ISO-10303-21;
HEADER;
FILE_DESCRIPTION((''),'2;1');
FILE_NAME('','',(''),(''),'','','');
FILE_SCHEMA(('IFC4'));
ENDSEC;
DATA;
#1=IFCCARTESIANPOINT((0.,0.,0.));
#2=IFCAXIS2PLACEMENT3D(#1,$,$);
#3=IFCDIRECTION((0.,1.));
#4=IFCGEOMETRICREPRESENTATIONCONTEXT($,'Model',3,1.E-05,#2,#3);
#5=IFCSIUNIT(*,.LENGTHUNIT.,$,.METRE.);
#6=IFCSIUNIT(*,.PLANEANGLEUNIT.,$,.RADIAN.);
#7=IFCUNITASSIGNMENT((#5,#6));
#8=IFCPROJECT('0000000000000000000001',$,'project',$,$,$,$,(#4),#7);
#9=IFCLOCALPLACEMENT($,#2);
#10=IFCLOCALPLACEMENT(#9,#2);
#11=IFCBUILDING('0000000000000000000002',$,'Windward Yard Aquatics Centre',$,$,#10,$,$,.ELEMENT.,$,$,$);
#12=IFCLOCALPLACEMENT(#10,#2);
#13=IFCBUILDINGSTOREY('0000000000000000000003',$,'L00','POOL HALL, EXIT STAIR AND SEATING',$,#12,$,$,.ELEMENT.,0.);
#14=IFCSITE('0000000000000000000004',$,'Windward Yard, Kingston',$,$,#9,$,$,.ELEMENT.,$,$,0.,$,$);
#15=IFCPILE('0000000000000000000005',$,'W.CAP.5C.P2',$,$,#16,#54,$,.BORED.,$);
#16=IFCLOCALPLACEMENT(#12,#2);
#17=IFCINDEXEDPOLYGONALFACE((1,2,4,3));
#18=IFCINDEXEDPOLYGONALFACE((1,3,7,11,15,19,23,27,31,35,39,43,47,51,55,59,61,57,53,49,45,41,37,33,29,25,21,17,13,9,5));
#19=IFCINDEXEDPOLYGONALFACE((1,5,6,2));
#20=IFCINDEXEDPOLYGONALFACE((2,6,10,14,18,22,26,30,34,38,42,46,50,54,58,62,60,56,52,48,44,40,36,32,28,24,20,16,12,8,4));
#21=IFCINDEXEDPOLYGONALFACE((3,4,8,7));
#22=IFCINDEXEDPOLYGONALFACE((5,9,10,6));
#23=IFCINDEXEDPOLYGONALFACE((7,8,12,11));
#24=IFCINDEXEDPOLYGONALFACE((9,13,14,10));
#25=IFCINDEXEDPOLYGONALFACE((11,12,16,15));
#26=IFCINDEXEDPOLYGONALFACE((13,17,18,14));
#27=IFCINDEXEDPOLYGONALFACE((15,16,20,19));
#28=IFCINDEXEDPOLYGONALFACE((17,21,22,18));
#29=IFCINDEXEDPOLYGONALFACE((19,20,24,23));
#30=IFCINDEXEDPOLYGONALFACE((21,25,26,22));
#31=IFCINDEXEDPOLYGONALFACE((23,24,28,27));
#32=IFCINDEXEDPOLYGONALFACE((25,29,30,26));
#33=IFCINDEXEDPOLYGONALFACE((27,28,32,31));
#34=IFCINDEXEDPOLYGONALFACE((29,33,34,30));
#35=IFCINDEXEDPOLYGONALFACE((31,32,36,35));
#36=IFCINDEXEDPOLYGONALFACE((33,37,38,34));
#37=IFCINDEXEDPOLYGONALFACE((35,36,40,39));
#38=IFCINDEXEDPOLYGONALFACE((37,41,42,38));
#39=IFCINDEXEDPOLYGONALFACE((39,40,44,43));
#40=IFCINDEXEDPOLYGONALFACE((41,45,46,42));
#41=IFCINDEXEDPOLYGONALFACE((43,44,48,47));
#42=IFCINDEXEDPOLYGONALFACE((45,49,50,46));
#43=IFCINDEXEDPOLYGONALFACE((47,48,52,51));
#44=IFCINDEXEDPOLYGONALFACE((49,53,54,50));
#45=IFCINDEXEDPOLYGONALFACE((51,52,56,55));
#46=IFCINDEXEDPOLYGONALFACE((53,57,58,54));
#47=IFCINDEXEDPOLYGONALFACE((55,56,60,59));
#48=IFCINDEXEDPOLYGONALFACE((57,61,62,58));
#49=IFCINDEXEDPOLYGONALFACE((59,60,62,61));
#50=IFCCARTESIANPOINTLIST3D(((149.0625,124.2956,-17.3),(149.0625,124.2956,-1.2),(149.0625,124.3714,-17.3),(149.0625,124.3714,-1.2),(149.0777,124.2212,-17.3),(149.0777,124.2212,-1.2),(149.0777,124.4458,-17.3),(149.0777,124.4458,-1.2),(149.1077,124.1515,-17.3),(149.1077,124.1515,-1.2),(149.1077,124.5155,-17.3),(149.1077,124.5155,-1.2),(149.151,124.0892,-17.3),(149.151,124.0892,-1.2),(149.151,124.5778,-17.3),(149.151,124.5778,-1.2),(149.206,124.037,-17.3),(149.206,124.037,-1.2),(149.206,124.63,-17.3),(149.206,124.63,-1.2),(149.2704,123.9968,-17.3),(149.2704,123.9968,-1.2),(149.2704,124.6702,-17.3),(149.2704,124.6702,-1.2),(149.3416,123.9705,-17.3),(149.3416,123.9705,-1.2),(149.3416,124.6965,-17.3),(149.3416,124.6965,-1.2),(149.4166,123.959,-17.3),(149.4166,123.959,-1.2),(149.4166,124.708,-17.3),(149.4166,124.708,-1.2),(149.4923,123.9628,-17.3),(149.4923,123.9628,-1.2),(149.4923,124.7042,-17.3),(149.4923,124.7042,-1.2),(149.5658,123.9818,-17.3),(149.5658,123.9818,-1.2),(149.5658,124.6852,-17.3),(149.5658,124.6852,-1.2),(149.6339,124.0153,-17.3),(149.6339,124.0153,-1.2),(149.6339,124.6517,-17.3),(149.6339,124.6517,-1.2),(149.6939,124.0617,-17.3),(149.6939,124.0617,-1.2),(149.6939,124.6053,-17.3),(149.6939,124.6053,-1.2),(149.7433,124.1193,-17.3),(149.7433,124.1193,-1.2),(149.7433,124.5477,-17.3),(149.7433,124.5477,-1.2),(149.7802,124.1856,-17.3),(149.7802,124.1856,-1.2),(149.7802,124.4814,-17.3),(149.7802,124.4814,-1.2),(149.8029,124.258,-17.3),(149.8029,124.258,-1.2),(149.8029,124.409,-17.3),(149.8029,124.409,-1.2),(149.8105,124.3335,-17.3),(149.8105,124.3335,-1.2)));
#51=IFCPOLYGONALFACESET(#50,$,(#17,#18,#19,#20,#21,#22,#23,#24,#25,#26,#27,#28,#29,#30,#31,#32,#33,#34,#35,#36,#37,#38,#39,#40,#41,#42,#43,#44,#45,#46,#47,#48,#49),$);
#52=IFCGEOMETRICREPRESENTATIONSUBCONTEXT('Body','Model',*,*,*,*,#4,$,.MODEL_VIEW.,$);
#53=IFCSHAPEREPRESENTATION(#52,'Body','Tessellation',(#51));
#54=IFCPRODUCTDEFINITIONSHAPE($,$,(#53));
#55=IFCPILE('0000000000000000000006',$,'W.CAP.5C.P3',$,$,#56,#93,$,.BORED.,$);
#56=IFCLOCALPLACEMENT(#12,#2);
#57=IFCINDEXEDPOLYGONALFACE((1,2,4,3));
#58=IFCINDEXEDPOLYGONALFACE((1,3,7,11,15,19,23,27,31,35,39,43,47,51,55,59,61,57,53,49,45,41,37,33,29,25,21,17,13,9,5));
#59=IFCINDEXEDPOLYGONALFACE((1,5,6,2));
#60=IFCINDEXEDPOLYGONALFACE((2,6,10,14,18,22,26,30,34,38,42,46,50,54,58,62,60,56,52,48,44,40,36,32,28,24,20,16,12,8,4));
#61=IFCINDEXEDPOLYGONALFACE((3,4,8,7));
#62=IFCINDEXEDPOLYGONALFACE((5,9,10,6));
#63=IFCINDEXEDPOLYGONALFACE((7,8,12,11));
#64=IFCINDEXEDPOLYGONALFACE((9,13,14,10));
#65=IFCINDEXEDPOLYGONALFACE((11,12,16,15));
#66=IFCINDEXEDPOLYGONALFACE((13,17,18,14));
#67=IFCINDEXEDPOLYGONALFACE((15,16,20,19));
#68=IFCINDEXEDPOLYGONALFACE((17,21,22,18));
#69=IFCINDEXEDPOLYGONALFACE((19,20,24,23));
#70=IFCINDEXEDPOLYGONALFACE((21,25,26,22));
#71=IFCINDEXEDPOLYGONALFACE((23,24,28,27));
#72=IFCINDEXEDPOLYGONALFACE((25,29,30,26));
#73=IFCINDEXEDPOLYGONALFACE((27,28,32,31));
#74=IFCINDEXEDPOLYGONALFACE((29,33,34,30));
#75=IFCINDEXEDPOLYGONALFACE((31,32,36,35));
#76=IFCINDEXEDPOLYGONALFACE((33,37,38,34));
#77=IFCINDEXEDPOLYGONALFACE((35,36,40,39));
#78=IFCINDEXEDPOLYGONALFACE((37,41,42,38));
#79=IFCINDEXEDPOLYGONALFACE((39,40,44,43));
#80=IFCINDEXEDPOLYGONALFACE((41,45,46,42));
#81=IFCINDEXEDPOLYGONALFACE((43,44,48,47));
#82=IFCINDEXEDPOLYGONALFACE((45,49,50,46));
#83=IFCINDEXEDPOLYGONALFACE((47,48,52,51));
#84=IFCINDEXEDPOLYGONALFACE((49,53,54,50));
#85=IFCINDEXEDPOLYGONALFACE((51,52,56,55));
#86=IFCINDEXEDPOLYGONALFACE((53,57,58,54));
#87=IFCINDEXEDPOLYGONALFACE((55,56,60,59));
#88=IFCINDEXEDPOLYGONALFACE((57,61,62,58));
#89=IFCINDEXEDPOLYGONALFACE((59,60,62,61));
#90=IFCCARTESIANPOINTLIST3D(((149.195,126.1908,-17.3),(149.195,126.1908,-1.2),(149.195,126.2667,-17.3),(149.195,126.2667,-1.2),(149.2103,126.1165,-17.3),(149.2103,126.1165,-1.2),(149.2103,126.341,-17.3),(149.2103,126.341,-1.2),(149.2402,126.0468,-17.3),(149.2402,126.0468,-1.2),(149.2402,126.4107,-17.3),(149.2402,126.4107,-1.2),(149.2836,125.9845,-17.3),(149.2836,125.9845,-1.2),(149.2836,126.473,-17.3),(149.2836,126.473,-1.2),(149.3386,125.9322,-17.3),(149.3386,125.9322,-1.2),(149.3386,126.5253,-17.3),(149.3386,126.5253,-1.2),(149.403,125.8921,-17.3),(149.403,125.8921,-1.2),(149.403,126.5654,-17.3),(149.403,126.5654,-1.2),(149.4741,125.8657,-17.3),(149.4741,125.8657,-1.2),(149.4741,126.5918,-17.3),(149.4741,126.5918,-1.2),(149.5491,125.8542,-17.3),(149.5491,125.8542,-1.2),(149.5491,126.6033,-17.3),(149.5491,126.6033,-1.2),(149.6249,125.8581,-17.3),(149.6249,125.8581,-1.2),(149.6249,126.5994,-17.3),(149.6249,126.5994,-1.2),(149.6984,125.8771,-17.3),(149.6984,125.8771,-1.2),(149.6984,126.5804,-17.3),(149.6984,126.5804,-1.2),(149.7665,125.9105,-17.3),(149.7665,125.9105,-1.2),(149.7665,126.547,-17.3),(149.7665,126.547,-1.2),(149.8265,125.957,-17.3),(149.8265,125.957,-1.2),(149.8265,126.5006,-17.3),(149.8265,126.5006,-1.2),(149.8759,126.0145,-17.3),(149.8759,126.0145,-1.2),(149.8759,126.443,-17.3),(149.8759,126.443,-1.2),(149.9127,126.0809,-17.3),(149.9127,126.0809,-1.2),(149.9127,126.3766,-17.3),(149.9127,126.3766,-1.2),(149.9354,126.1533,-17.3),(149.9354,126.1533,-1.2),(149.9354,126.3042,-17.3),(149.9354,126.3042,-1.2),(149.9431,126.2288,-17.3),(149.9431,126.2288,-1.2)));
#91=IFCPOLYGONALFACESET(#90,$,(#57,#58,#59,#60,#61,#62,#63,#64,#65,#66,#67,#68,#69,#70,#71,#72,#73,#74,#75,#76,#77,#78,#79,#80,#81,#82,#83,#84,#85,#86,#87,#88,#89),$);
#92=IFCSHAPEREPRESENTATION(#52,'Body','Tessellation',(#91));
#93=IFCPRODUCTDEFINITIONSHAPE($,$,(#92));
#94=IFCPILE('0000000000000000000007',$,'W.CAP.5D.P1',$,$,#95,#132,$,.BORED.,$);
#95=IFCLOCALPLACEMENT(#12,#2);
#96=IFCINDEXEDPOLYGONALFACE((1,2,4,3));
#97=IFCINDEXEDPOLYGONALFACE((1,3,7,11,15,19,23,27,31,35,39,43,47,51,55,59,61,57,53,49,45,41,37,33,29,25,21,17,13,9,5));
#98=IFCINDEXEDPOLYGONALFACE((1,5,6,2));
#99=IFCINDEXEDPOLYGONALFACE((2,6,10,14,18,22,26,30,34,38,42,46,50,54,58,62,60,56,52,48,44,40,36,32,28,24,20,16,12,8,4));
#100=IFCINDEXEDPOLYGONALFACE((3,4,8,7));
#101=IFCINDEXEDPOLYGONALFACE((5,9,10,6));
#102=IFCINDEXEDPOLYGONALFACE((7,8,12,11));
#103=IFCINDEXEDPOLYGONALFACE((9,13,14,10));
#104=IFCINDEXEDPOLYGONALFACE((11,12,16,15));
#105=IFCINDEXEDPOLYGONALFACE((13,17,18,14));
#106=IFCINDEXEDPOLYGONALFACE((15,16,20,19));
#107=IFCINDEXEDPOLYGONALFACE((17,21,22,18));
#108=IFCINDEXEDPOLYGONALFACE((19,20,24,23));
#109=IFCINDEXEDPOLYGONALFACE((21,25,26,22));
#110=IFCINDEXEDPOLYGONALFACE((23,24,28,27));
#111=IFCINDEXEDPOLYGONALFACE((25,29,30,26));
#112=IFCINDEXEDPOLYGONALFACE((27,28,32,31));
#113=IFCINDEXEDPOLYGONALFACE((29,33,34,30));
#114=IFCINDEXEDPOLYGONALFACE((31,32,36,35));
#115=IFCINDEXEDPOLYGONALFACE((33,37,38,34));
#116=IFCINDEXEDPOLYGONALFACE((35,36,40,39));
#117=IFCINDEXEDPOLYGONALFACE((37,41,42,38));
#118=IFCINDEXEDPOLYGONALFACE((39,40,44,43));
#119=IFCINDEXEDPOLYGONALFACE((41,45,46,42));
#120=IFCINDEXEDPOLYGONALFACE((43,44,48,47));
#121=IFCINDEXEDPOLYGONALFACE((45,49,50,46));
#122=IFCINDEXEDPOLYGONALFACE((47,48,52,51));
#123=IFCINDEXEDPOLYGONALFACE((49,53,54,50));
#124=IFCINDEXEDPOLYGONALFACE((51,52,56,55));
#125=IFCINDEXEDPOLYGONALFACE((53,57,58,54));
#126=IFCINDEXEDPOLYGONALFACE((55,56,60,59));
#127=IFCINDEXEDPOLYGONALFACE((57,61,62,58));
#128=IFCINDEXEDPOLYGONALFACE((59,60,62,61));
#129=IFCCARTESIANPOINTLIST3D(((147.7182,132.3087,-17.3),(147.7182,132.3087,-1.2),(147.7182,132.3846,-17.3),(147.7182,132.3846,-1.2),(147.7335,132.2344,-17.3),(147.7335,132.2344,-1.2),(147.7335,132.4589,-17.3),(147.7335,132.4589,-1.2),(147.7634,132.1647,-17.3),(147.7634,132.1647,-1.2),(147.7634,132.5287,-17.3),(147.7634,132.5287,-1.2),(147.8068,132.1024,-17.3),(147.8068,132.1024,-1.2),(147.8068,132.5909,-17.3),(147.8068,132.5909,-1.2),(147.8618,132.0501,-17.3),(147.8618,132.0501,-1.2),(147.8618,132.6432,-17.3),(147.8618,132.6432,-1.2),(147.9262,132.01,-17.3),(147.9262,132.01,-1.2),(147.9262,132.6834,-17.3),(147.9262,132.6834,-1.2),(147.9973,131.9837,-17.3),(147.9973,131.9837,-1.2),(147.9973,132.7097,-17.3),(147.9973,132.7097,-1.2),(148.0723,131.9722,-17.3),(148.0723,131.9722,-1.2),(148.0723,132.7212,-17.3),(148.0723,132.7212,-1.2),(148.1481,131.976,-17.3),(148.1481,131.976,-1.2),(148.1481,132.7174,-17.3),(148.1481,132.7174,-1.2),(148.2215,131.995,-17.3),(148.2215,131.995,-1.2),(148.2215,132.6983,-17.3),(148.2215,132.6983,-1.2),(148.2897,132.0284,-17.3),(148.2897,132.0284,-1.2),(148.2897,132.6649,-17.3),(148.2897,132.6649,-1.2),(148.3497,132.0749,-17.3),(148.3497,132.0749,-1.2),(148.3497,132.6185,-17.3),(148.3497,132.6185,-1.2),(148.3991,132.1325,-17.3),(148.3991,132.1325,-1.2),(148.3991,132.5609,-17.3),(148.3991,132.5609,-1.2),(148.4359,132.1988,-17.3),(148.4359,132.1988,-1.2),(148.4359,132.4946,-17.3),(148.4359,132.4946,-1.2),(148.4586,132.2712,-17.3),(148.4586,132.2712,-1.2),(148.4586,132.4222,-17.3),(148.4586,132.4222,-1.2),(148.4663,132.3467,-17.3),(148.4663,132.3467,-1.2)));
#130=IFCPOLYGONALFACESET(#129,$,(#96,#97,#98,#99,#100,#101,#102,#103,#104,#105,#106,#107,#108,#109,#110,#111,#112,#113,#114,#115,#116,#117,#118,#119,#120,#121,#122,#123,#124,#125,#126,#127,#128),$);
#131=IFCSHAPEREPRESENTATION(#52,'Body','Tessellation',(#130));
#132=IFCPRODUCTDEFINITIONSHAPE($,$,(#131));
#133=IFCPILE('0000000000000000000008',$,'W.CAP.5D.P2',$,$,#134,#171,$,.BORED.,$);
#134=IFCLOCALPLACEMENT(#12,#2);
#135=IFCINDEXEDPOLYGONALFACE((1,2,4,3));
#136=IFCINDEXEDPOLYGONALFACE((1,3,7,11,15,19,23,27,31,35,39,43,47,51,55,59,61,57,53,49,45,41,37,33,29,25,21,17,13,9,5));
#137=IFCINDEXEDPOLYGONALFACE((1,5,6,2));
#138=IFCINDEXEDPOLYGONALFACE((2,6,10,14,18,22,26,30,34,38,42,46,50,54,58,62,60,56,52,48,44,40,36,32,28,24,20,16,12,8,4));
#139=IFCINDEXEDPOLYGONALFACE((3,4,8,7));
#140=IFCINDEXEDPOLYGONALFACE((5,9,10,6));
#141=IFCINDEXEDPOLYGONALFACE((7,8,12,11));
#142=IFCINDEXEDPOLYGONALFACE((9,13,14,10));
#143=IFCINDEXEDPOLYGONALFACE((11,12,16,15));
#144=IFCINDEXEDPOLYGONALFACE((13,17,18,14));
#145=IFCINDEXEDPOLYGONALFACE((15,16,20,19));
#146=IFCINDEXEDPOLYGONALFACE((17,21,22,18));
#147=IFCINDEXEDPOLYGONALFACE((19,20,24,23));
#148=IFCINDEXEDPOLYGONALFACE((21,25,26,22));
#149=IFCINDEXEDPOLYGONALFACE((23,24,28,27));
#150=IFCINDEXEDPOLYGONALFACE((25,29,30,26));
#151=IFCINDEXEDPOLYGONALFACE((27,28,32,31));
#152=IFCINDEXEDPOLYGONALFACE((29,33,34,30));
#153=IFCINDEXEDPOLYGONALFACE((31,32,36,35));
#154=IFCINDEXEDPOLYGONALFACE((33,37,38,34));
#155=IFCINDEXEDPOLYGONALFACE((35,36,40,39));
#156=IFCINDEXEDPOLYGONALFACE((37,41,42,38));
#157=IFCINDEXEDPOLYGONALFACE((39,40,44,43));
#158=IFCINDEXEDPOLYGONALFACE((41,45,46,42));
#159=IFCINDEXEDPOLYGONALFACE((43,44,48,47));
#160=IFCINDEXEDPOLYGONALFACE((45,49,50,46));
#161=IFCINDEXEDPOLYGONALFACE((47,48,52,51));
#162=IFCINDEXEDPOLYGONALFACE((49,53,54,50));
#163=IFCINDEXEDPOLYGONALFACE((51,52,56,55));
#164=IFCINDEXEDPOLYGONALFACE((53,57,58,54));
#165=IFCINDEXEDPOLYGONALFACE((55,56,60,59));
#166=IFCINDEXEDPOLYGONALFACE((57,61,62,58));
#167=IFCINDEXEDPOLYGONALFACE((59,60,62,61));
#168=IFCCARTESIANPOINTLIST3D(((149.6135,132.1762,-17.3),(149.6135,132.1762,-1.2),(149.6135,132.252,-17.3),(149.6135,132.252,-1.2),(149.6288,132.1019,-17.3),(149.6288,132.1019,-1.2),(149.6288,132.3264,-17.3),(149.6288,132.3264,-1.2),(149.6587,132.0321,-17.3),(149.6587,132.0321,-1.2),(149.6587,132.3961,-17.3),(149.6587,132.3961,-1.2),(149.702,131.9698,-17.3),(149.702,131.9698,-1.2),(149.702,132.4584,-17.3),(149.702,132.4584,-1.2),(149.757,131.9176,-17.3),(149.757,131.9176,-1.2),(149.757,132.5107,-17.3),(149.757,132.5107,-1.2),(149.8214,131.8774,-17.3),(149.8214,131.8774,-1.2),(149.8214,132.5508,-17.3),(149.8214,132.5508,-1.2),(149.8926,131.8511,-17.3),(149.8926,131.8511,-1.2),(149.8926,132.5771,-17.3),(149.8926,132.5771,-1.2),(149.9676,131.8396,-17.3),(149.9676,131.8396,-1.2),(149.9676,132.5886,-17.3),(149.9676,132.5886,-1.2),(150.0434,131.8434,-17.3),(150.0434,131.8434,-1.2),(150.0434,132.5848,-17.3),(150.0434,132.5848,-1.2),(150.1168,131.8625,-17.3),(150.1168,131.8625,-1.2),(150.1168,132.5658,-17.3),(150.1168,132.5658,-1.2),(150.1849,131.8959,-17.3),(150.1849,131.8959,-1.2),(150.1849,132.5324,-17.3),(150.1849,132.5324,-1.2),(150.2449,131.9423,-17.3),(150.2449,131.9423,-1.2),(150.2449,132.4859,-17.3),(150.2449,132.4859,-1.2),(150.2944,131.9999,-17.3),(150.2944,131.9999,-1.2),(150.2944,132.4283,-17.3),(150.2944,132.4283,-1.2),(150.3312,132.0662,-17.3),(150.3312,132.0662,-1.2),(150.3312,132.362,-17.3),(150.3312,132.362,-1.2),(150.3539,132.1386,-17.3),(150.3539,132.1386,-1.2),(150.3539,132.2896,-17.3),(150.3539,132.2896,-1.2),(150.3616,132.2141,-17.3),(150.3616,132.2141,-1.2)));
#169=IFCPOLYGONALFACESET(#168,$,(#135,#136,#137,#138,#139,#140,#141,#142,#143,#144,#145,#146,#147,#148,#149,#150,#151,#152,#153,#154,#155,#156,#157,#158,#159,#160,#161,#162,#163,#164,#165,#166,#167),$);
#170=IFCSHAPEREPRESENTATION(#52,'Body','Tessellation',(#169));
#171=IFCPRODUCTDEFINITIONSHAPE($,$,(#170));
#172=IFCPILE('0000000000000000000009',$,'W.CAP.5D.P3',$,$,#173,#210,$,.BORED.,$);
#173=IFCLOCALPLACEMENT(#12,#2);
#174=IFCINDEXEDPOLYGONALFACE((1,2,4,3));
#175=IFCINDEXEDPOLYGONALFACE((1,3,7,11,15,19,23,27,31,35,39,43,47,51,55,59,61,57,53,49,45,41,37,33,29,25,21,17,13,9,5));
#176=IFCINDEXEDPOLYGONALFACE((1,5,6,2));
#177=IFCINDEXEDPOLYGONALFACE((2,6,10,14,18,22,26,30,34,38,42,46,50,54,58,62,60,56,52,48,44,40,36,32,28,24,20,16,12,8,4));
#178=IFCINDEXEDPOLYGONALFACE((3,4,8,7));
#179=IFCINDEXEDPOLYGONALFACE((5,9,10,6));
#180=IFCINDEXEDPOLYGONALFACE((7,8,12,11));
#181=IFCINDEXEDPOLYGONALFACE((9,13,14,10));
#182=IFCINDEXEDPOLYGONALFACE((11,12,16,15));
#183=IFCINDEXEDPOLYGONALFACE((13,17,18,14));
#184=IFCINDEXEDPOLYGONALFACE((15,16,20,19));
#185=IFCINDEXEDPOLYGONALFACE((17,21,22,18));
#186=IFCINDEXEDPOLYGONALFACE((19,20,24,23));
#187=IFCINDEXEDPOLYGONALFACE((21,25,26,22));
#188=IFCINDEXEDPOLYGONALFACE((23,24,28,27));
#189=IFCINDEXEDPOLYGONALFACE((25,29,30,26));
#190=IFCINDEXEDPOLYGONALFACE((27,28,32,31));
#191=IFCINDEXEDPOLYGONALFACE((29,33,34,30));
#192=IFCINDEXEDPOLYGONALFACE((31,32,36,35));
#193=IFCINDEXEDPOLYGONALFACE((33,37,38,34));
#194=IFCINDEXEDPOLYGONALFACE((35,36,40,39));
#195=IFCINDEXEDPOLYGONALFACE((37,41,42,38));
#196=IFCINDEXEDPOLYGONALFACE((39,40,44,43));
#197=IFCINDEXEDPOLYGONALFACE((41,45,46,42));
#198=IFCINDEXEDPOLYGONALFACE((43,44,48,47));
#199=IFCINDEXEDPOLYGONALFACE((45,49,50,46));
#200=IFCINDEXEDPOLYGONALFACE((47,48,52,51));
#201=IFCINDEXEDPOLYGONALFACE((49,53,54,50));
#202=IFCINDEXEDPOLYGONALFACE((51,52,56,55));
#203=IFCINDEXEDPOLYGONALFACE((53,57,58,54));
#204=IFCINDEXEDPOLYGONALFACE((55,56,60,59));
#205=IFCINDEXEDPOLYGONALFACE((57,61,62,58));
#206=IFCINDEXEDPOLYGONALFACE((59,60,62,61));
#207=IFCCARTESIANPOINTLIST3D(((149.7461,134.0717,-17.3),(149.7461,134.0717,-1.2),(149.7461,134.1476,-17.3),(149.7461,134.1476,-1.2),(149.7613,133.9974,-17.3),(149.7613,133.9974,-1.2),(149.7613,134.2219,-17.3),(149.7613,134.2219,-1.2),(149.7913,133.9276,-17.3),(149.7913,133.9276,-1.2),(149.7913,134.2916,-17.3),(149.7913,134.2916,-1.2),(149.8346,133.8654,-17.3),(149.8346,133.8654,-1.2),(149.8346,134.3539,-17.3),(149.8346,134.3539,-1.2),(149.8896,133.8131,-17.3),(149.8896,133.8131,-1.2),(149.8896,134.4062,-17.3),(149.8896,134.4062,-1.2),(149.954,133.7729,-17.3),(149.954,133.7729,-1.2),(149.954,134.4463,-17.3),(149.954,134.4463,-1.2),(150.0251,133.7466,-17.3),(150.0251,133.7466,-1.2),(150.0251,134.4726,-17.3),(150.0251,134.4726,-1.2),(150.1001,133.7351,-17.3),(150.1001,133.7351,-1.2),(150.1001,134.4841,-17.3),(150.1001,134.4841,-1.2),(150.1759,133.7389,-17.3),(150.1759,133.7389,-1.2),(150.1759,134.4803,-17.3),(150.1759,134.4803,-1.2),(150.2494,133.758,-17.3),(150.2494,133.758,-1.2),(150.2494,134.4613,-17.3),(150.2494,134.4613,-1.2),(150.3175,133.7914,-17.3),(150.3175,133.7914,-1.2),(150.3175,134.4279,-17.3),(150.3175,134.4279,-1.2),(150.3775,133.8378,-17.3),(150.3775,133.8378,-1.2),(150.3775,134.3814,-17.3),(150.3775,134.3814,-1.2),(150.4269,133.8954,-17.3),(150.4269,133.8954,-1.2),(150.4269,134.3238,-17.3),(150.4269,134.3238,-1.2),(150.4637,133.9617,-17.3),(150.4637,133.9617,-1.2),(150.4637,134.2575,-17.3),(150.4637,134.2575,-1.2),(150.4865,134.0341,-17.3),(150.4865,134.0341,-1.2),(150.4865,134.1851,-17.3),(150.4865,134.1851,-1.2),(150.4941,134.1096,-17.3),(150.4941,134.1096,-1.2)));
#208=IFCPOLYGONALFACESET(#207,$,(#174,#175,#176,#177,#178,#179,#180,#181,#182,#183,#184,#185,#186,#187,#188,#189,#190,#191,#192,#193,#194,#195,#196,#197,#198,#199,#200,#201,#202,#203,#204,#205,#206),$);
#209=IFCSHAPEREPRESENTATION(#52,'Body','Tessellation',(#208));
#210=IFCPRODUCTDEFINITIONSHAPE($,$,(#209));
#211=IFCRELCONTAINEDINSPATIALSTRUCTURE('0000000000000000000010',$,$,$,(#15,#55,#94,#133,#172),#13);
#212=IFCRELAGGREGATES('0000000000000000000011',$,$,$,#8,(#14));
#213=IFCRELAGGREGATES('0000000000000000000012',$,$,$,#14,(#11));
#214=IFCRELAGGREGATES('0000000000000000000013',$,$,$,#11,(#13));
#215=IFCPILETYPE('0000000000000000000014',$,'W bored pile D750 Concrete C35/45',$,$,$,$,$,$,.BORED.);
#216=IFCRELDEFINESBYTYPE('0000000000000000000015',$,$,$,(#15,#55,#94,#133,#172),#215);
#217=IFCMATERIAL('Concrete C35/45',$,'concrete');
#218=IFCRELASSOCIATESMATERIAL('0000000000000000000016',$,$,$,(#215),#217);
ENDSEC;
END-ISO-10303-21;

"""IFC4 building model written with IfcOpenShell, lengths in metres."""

from ifc_helpers import new_model, si_unit, direction, frame, origin, origin_2d, place, context, subcontext, project, spatial, circle, extrude, material, material_profile, profile_set, type_object, element, save


model = new_model("IFC4")

# Units and contexts
model_context = context("Model", 3, precision=1e-05, world=origin(), true_north=direction((0.0, 1.0)))
body_context = subcontext(model_context, "Body", "Model", "MODEL_VIEW")
ifc_project = project(units=[si_unit("LENGTHUNIT", "METRE"), si_unit("PLANEANGLEUNIT", "RADIAN")], contexts=[model_context])

# Site, building, storey
site_placement = place(None, origin())
site = spatial("IfcSite", under=ifc_project, at=site_placement, Name="Windward Yard, Kingston", CompositionType="ELEMENT", RefElevation=0.0)
building_placement = place(site_placement, origin())
building = spatial("IfcBuilding", under=site, at=building_placement, Name="Windward Yard Aquatics Centre", CompositionType="ELEMENT")
storey_placement = place(building_placement, origin())
storey = spatial("IfcBuildingStorey", under=building, at=storey_placement, Name="L00", Description="POOL HALL, EXIT STAIR AND SEATING", CompositionType="ELEMENT", Elevation=0.0)

# Piles
ifc_material_1 = material(Name="Concrete C35/45", Category="concrete")
ifc_material_profile_1 = material_profile(ifc_material_1, circle(Radius=0.375, at=origin_2d()), Name="D750")
ifc_profile_set_1 = profile_set([ifc_material_profile_1], Name="Concrete C35/45")
pile_type_1 = type_object("IfcPileType", Name="W bored pile D750 Concrete C35/45", PredefinedType="BORED", material=ifc_profile_set_1)
for number, where, z_axis, x_axis, name in (
    (1, (149.4355, 124.3335, -1.2), (0.0, 0.0, -1.0), (1.0, 0.0, 0.0), "W.CAP.5C.P2"),
    (2, (149.5681, 126.2288, -1.2), (0.0, 0.0, -1.0), (1.0, 0.0, 0.0), "W.CAP.5C.P3"),
    (3, (148.0913, 132.3467, -1.2), (0.0, 0.0, -1.0), (1.0, 0.0, 0.0), "W.CAP.5D.P1"),
    (4, (149.9866, 132.2141, -1.2), (0.0, 0.0, -1.0), (1.0, 0.0, 0.0), "W.CAP.5D.P2"),
    (5, (150.1191, 134.1096, -1.2), (0.0, 0.0, -1.0), (1.0, 0.0, 0.0), "W.CAP.5D.P3"),
):
    element("IfcPile", number, at=place(storey_placement, frame(where, z_axis=z_axis, x_axis=x_axis)), inside=storey, type_object=pile_type_1, Name=name, PredefinedType="BORED", context=body_context, shape_type="SweptSolid", body=[
        extrude(circle(Radius=0.375, at=origin_2d()), origin(), (0.0, 0.0, 1.0), 16.1001),
    ])

save(model, "model.ifc")
